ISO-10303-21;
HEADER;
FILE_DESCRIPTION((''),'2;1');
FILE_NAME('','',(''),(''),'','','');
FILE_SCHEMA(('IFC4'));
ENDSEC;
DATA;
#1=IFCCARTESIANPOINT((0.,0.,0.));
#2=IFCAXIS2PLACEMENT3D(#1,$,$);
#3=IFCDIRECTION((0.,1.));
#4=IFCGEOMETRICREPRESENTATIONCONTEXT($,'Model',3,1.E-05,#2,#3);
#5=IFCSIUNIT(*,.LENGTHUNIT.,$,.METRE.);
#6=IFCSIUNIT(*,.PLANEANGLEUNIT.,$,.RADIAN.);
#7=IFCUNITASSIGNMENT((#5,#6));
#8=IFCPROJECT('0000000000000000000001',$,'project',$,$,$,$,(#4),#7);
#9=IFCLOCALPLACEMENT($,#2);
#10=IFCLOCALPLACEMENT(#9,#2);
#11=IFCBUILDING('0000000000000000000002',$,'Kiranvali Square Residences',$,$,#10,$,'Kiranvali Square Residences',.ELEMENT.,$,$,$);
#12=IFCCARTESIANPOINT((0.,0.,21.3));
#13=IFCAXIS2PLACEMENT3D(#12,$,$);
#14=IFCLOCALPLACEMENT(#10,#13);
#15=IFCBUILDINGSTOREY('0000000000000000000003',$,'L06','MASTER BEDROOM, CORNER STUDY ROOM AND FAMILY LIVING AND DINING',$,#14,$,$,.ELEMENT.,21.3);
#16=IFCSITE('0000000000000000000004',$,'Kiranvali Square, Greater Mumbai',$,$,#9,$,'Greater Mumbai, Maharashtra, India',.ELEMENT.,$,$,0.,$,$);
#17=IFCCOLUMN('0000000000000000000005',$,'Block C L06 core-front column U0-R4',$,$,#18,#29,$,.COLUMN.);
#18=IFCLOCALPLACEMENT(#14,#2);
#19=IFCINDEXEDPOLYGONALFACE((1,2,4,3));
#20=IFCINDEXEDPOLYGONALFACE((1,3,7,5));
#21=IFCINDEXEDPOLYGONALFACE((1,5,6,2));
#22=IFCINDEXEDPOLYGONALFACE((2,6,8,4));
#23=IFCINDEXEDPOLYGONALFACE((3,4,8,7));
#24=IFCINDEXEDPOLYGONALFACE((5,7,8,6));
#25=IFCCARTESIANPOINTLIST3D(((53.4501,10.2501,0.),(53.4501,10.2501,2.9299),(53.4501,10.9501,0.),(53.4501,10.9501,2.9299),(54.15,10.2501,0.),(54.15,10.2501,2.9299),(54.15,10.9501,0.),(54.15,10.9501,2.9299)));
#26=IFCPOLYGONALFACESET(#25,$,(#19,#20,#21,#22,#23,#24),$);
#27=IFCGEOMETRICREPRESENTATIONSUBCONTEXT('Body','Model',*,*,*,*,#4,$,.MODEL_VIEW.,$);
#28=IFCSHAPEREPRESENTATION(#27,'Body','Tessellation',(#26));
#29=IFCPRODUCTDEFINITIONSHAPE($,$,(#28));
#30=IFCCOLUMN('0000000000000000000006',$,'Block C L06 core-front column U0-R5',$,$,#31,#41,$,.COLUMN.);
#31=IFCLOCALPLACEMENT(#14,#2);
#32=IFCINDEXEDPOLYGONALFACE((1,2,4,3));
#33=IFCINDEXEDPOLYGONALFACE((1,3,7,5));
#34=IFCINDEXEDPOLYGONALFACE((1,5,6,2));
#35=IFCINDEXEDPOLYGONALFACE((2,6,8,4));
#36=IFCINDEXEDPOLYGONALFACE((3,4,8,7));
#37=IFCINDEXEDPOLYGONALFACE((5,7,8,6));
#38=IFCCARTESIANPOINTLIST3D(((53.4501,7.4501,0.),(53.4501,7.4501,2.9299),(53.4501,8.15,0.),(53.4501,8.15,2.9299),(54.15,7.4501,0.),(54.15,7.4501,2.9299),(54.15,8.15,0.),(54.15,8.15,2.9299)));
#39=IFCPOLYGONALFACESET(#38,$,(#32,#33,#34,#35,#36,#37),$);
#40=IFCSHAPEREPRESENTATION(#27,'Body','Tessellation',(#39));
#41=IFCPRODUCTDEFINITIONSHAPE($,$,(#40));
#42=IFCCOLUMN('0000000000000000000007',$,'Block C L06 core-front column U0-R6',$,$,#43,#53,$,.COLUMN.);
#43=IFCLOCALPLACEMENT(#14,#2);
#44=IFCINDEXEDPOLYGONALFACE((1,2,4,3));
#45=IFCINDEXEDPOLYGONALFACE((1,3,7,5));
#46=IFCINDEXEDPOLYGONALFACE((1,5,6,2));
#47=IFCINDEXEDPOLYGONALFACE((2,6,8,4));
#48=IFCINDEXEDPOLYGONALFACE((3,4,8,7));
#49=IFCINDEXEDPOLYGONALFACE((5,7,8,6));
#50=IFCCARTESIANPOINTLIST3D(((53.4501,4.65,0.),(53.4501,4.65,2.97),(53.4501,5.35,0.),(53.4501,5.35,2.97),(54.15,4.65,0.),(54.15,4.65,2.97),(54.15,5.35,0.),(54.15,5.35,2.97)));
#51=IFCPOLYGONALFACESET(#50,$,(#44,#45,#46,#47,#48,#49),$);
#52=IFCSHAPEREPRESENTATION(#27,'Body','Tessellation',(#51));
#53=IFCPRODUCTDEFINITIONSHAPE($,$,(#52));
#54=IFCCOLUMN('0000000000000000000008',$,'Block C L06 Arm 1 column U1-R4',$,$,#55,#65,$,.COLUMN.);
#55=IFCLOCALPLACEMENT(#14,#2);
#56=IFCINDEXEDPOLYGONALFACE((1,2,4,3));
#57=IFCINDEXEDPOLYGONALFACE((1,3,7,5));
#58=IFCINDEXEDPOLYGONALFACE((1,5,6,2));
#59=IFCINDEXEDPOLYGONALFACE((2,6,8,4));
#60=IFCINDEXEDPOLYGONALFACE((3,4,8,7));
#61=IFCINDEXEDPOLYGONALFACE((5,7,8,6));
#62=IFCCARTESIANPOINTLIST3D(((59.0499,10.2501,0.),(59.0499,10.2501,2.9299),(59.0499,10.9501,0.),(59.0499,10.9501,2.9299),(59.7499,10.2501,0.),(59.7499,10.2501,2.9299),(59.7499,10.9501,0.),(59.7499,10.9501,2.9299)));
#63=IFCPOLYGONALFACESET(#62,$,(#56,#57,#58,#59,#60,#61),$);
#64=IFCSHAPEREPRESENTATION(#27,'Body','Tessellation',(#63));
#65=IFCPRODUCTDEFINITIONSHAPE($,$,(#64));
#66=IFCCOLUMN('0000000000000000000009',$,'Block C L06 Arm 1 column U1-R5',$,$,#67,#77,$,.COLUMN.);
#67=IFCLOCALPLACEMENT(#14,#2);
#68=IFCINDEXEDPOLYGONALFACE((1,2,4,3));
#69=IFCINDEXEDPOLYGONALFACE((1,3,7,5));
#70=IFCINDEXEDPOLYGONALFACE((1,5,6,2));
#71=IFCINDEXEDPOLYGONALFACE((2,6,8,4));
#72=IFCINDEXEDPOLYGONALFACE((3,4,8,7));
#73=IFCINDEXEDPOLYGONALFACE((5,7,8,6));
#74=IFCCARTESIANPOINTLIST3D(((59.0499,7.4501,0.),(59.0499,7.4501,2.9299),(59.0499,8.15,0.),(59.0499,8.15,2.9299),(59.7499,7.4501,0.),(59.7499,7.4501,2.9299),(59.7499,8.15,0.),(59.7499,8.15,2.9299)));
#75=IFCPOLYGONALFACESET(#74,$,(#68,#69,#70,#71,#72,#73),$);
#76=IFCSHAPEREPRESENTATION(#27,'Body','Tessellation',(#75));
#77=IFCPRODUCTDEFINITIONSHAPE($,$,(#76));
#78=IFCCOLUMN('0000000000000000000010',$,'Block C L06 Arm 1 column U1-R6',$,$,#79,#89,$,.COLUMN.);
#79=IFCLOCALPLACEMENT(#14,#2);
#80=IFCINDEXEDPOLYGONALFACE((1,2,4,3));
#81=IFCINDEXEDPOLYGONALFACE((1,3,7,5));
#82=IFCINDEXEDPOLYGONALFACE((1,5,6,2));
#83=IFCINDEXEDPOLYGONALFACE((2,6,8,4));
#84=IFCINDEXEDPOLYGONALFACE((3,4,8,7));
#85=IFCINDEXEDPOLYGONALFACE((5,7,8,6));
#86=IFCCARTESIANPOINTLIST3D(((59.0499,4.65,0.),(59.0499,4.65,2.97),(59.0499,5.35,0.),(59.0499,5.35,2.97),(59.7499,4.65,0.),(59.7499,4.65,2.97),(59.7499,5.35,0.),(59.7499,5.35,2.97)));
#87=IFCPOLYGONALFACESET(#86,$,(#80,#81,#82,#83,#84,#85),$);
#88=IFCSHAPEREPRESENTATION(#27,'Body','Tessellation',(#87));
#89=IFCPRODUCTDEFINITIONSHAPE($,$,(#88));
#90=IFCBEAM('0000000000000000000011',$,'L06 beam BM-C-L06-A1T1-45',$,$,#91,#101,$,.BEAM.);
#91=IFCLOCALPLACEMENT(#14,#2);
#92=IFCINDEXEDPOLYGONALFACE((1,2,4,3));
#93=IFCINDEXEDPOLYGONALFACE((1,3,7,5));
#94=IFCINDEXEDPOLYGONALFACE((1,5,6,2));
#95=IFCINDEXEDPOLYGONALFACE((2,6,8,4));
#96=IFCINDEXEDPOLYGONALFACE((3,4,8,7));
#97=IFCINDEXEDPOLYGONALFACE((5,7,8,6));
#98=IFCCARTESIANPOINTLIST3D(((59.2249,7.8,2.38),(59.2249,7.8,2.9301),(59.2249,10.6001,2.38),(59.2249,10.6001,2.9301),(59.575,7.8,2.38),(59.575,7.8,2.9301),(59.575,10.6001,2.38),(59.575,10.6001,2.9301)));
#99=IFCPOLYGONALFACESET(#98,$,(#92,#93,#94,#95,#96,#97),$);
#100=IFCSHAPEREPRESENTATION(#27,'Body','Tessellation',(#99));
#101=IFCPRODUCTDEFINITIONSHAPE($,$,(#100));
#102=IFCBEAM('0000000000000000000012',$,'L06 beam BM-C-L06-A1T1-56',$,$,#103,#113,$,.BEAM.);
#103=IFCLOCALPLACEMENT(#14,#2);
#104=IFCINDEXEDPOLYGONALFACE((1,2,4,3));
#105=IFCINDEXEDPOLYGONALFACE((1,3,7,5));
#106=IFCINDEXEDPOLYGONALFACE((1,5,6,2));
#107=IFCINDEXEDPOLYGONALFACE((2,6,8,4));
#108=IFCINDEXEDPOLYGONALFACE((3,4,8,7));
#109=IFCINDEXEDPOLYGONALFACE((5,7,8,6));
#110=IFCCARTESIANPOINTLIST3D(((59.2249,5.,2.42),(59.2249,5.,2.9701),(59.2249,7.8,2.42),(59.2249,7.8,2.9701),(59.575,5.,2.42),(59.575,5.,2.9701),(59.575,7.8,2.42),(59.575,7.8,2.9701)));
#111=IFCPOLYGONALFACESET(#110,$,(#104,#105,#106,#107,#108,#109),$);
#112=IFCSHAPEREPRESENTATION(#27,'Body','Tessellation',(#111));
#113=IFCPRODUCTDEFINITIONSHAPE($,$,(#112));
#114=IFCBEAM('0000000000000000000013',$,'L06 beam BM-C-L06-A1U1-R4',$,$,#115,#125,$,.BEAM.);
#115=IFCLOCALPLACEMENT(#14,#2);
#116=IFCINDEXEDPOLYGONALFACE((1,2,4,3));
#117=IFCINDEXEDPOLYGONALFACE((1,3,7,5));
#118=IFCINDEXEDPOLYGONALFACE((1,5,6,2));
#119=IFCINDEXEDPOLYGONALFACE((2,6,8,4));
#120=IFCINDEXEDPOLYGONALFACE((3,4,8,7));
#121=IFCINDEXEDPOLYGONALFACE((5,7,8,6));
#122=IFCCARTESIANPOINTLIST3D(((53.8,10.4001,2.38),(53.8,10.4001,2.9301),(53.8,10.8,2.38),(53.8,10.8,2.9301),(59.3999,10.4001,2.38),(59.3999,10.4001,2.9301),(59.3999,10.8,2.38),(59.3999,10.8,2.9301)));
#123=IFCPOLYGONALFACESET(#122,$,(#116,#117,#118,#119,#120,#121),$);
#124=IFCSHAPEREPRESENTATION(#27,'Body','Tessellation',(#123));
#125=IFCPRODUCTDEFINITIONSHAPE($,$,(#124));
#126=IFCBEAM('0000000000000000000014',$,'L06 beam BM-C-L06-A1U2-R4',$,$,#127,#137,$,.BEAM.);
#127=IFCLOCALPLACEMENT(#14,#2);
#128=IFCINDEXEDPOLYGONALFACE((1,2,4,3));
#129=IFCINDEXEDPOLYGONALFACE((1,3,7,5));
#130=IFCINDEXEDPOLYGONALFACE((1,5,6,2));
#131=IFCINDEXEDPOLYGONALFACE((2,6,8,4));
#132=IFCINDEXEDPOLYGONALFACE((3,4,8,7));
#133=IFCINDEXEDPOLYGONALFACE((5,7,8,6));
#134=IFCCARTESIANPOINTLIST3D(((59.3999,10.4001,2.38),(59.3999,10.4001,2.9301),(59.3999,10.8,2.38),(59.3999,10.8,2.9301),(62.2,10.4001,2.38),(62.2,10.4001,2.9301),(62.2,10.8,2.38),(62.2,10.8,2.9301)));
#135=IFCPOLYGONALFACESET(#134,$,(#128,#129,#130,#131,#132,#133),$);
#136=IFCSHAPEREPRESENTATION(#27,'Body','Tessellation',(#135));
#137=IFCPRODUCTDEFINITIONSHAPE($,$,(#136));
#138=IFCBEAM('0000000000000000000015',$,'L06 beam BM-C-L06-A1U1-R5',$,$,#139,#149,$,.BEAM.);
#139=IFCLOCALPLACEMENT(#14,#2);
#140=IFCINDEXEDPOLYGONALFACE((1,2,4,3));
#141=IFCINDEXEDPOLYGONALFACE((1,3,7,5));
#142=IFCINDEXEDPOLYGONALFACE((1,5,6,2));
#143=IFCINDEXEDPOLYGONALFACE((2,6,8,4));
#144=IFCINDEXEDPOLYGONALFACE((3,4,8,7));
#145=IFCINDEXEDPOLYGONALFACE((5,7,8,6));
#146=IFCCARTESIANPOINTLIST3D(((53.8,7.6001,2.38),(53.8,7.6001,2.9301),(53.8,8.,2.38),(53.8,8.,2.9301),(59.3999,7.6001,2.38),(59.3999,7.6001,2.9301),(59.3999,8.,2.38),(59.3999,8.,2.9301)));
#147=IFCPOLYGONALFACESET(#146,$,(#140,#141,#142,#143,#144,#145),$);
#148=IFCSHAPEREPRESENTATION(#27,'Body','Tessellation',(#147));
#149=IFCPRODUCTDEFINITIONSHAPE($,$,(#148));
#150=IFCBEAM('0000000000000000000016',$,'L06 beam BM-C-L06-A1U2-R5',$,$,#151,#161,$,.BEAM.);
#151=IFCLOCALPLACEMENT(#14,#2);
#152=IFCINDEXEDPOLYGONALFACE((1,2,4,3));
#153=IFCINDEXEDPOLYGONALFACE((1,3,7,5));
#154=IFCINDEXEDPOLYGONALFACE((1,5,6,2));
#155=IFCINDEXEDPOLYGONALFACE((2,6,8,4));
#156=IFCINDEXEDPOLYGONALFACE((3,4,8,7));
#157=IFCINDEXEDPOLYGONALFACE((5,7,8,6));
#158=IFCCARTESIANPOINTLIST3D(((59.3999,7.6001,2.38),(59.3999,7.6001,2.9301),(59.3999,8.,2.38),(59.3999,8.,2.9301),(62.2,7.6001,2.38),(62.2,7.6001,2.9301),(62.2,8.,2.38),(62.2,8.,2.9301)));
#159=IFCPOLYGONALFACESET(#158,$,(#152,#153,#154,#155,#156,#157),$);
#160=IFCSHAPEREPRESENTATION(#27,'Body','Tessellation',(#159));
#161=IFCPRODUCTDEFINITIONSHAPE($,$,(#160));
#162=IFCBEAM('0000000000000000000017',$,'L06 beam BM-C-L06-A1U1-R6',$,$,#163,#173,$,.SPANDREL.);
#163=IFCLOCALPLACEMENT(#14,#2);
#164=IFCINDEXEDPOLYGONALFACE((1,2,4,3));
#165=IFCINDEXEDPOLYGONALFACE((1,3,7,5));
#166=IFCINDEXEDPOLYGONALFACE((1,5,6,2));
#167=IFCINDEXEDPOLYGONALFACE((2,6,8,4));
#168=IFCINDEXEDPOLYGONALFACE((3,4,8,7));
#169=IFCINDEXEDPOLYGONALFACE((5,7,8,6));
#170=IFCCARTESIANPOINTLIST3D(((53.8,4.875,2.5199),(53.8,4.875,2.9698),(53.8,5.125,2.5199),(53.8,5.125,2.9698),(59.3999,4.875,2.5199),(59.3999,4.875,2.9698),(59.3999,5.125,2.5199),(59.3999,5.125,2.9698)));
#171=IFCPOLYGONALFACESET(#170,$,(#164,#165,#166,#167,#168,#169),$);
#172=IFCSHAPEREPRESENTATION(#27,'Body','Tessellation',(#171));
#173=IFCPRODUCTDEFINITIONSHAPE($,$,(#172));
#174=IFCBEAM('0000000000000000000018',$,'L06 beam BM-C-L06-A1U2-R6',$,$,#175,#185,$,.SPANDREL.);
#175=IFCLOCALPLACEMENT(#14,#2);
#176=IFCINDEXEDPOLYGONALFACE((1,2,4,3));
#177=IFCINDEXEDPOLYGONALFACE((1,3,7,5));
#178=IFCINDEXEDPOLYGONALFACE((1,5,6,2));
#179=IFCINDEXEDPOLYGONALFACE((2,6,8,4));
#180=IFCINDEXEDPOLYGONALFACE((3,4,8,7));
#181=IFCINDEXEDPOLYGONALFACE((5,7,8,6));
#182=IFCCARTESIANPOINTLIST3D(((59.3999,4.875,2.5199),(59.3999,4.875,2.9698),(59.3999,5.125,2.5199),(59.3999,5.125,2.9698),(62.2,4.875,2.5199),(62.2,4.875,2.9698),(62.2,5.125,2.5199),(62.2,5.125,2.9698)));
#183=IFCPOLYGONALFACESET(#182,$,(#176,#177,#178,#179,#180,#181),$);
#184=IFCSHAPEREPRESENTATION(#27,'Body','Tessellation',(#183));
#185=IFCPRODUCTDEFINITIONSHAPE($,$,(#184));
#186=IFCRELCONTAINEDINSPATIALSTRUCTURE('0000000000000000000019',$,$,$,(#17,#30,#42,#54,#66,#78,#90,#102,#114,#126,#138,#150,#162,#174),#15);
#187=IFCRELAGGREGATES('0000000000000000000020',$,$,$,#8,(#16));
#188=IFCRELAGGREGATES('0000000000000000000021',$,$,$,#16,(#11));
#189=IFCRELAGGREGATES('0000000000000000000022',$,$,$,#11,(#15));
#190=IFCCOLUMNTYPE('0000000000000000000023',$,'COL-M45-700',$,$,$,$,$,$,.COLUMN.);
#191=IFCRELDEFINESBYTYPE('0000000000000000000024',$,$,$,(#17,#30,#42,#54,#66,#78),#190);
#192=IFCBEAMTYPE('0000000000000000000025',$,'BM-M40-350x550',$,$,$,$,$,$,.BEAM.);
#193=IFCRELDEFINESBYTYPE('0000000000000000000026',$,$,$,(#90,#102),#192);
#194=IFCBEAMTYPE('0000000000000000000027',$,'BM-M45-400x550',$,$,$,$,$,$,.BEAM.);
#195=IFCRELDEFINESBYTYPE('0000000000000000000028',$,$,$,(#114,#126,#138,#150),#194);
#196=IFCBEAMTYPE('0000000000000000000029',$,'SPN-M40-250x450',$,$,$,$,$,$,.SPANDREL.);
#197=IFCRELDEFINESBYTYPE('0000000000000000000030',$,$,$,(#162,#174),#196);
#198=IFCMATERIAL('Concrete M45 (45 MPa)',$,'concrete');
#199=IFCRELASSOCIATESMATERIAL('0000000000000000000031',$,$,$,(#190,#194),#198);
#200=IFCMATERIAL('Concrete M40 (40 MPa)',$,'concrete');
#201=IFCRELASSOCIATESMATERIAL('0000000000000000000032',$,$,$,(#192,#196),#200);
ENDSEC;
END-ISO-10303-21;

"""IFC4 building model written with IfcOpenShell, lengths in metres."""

from ifc_helpers import new_model, si_unit, direction, frame, origin, origin_2d, place, context, subcontext, project, spatial, rectangle, extrude, material, material_profile, profile_set, type_object, element, save


model = new_model("IFC4")

# Units and contexts
model_context = context("Model", 3, precision=1e-05, world=origin(), true_north=direction((0.0, 1.0)))
body_context = subcontext(model_context, "Body", "Model", "MODEL_VIEW")
ifc_project = project(units=[si_unit("LENGTHUNIT", "METRE"), si_unit("PLANEANGLEUNIT", "RADIAN")], contexts=[model_context])

# Site, building, storey
site_placement = place(None, origin())
site = spatial("IfcSite", under=ifc_project, at=site_placement, Name="Kiranvali Square, Greater Mumbai", LongName="Greater Mumbai, Maharashtra, India", CompositionType="ELEMENT", RefElevation=0.0)
building_placement = place(site_placement, origin())
building = spatial("IfcBuilding", under=site, at=building_placement, Name="Kiranvali Square Residences", LongName="Kiranvali Square Residences", CompositionType="ELEMENT")
storey_placement = place(building_placement, frame((0.0, 0.0, 21.3)))
storey = spatial("IfcBuildingStorey", under=building, at=storey_placement, Name="L06", Description="MASTER BEDROOM, CORNER STUDY ROOM AND FAMILY LIVING AND DINING", CompositionType="ELEMENT", Elevation=21.3)

# Columns
ifc_material_1 = material(Name="Concrete M45 (45 MPa)", Category="concrete")
ifc_material_profile_1 = material_profile(ifc_material_1, rectangle(XDim=0.7, YDim=0.7, at=origin_2d()), Name="RC 700x700")
ifc_profile_set_1 = profile_set([ifc_material_profile_1], Name="Concrete M45 (45 MPa)")
column_type = type_object("IfcColumnType", Name="COL-M45-700", PredefinedType="COLUMN", material=ifc_profile_set_1)
for number, where, z_axis, x_axis, name in (
    (1, (53.8, 10.6001, 0.0), (0.0, 0.0, 1.0), (1.0, 0.0, 0.0), "Block C L06 core-front column U0-R4"),
    (2, (53.8, 7.8, 0.0), (0.0, 0.0, 1.0), (1.0, 0.0, 0.0), "Block C L06 core-front column U0-R5"),
):
    element("IfcColumn", number, at=place(storey_placement, frame(where, z_axis=z_axis, x_axis=x_axis)), inside=storey, type_object=column_type, Name=name, PredefinedType="COLUMN", context=body_context, shape_type="SweptSolid", body=[
        extrude(rectangle(XDim=0.7, YDim=0.7, at=origin_2d()), origin(), (0.0, 0.0, 1.0), 2.9299),
    ])
column_1_placement = place(storey_placement, frame((53.8, 5.0, 0.0), z_axis=(0.0, 0.0, 1.0), x_axis=(1.0, 0.0, 0.0)))
element("IfcColumn", 3, at=column_1_placement, inside=storey, type_object=column_type, Name="Block C L06 core-front column U0-R6", PredefinedType="COLUMN", context=body_context, shape_type="SweptSolid", body=[
    extrude(rectangle(XDim=0.7, YDim=0.7, at=origin_2d()), origin(), (0.0, 0.0, 1.0), 2.97),
])
for number, where, z_axis, x_axis, name in (
    (4, (59.3999, 10.6001, 0.0), (0.0, 0.0, 1.0), (1.0, 0.0, 0.0), "Block C L06 Arm 1 column U1-R4"),
    (5, (59.3999, 7.8, 0.0), (0.0, 0.0, 1.0), (1.0, 0.0, 0.0), "Block C L06 Arm 1 column U1-R5"),
):
    element("IfcColumn", number, at=place(storey_placement, frame(where, z_axis=z_axis, x_axis=x_axis)), inside=storey, type_object=column_type, Name=name, PredefinedType="COLUMN", context=body_context, shape_type="SweptSolid", body=[
        extrude(rectangle(XDim=0.7, YDim=0.7, at=origin_2d()), origin(), (0.0, 0.0, 1.0), 2.9299),
    ])
column_2_placement = place(storey_placement, frame((59.3999, 5.0, 0.0), z_axis=(0.0, 0.0, 1.0), x_axis=(1.0, 0.0, 0.0)))
element("IfcColumn", 6, at=column_2_placement, inside=storey, type_object=column_type, Name="Block C L06 Arm 1 column U1-R6", PredefinedType="COLUMN", context=body_context, shape_type="SweptSolid", body=[
    extrude(rectangle(XDim=0.7, YDim=0.7, at=origin_2d()), origin(), (0.0, 0.0, 1.0), 2.97),
])

# Beams
ifc_material_2 = material(Name="Concrete M40 (40 MPa)", Category="concrete")
ifc_material_profile_2 = material_profile(ifc_material_2, rectangle(XDim=0.3501, YDim=0.55, at=origin_2d()), Name="RC 350x550")
ifc_profile_set_2 = profile_set([ifc_material_profile_2], Name="Concrete M40 (40 MPa)")
beam_type_1 = type_object("IfcBeamType", Name="BM-M40-350x550", PredefinedType="BEAM", material=ifc_profile_set_2)
for number, where, z_axis, x_axis, name in (
    (7, (59.3999, 10.6001, 2.655), (0.0, -1.0, 0.0), (1.0, 0.0, 0.0), "L06 beam BM-C-L06-A1T1-45"),
    (8, (59.3999, 7.8, 2.6951), (0.0, -1.0, 0.0), (1.0, 0.0, 0.0), "L06 beam BM-C-L06-A1T1-56"),
):
    element("IfcBeam", number, at=place(storey_placement, frame(where, z_axis=z_axis, x_axis=x_axis)), inside=storey, type_object=beam_type_1, Name=name, PredefinedType="BEAM", context=body_context, shape_type="SweptSolid", body=[
        extrude(rectangle(XDim=0.3501, YDim=0.55, at=origin_2d()), origin(), (0.0, 0.0, 1.0), 2.8),
    ])
ifc_material_profile_3 = material_profile(ifc_material_1, rectangle(XDim=0.3999, YDim=0.55, at=origin_2d()), Name="RC 400x550")
ifc_profile_set_3 = profile_set([ifc_material_profile_3], Name="Concrete M45 (45 MPa)")
beam_type_2 = type_object("IfcBeamType", Name="BM-M45-400x550", PredefinedType="BEAM", material=ifc_profile_set_3)
beam_1_placement = place(storey_placement, frame((53.8, 10.6001, 2.655), z_axis=(1.0, 0.0, 0.0), x_axis=(0.0, 1.0, 0.0)))
element("IfcBeam", 9, at=beam_1_placement, inside=storey, type_object=beam_type_2, Name="L06 beam BM-C-L06-A1U1-R4", PredefinedType="BEAM", context=body_context, shape_type="SweptSolid", body=[
    extrude(rectangle(XDim=0.3999, YDim=0.55, at=origin_2d()), origin(), (0.0, 0.0, 1.0), 5.5999),
])
beam_2_placement = place(storey_placement, frame((59.3999, 10.6001, 2.655), z_axis=(1.0, 0.0, 0.0), x_axis=(0.0, 1.0, 0.0)))
element("IfcBeam", 10, at=beam_2_placement, inside=storey, type_object=beam_type_2, Name="L06 beam BM-C-L06-A1U2-R4", PredefinedType="BEAM", context=body_context, shape_type="SweptSolid", body=[
    extrude(rectangle(XDim=0.3999, YDim=0.55, at=origin_2d()), origin(), (0.0, 0.0, 1.0), 2.8),
])
beam_3_placement = place(storey_placement, frame((53.8, 7.8, 2.655), z_axis=(1.0, 0.0, 0.0), x_axis=(0.0, 1.0, 0.0)))
element("IfcBeam", 11, at=beam_3_placement, inside=storey, type_object=beam_type_2, Name="L06 beam BM-C-L06-A1U1-R5", PredefinedType="BEAM", context=body_context, shape_type="SweptSolid", body=[
    extrude(rectangle(XDim=0.3999, YDim=0.55, at=origin_2d()), origin(), (0.0, 0.0, 1.0), 5.5999),
])
beam_4_placement = place(storey_placement, frame((59.3999, 7.8, 2.655), z_axis=(1.0, 0.0, 0.0), x_axis=(0.0, 1.0, 0.0)))
element("IfcBeam", 12, at=beam_4_placement, inside=storey, type_object=beam_type_2, Name="L06 beam BM-C-L06-A1U2-R5", PredefinedType="BEAM", context=body_context, shape_type="SweptSolid", body=[
    extrude(rectangle(XDim=0.3999, YDim=0.55, at=origin_2d()), origin(), (0.0, 0.0, 1.0), 2.8),
])
ifc_material_profile_4 = material_profile(ifc_material_2, rectangle(XDim=0.25, YDim=0.45, at=origin_2d()), Name="RC 250x450")
ifc_profile_set_4 = profile_set([ifc_material_profile_4], Name="Concrete M40 (40 MPa)")
beam_type_3 = type_object("IfcBeamType", Name="SPN-M40-250x450", PredefinedType="SPANDREL", material=ifc_profile_set_4)
beam_5_placement = place(storey_placement, frame((53.8, 5.0, 2.7449), z_axis=(1.0, 0.0, 0.0), x_axis=(0.0, 1.0, 0.0)))
element("IfcBeam", 13, at=beam_5_placement, inside=storey, type_object=beam_type_3, Name="L06 beam BM-C-L06-A1U1-R6", PredefinedType="SPANDREL", context=body_context, shape_type="SweptSolid", body=[
    extrude(rectangle(XDim=0.25, YDim=0.45, at=origin_2d()), origin(), (0.0, 0.0, 1.0), 5.5999),
])
beam_6_placement = place(storey_placement, frame((59.3999, 5.0, 2.7449), z_axis=(1.0, 0.0, 0.0), x_axis=(0.0, 1.0, 0.0)))
element("IfcBeam", 14, at=beam_6_placement, inside=storey, type_object=beam_type_3, Name="L06 beam BM-C-L06-A1U2-R6", PredefinedType="SPANDREL", context=body_context, shape_type="SweptSolid", body=[
    extrude(rectangle(XDim=0.25, YDim=0.45, at=origin_2d()), origin(), (0.0, 0.0, 1.0), 2.8),
])

save(model, "model.ifc")
